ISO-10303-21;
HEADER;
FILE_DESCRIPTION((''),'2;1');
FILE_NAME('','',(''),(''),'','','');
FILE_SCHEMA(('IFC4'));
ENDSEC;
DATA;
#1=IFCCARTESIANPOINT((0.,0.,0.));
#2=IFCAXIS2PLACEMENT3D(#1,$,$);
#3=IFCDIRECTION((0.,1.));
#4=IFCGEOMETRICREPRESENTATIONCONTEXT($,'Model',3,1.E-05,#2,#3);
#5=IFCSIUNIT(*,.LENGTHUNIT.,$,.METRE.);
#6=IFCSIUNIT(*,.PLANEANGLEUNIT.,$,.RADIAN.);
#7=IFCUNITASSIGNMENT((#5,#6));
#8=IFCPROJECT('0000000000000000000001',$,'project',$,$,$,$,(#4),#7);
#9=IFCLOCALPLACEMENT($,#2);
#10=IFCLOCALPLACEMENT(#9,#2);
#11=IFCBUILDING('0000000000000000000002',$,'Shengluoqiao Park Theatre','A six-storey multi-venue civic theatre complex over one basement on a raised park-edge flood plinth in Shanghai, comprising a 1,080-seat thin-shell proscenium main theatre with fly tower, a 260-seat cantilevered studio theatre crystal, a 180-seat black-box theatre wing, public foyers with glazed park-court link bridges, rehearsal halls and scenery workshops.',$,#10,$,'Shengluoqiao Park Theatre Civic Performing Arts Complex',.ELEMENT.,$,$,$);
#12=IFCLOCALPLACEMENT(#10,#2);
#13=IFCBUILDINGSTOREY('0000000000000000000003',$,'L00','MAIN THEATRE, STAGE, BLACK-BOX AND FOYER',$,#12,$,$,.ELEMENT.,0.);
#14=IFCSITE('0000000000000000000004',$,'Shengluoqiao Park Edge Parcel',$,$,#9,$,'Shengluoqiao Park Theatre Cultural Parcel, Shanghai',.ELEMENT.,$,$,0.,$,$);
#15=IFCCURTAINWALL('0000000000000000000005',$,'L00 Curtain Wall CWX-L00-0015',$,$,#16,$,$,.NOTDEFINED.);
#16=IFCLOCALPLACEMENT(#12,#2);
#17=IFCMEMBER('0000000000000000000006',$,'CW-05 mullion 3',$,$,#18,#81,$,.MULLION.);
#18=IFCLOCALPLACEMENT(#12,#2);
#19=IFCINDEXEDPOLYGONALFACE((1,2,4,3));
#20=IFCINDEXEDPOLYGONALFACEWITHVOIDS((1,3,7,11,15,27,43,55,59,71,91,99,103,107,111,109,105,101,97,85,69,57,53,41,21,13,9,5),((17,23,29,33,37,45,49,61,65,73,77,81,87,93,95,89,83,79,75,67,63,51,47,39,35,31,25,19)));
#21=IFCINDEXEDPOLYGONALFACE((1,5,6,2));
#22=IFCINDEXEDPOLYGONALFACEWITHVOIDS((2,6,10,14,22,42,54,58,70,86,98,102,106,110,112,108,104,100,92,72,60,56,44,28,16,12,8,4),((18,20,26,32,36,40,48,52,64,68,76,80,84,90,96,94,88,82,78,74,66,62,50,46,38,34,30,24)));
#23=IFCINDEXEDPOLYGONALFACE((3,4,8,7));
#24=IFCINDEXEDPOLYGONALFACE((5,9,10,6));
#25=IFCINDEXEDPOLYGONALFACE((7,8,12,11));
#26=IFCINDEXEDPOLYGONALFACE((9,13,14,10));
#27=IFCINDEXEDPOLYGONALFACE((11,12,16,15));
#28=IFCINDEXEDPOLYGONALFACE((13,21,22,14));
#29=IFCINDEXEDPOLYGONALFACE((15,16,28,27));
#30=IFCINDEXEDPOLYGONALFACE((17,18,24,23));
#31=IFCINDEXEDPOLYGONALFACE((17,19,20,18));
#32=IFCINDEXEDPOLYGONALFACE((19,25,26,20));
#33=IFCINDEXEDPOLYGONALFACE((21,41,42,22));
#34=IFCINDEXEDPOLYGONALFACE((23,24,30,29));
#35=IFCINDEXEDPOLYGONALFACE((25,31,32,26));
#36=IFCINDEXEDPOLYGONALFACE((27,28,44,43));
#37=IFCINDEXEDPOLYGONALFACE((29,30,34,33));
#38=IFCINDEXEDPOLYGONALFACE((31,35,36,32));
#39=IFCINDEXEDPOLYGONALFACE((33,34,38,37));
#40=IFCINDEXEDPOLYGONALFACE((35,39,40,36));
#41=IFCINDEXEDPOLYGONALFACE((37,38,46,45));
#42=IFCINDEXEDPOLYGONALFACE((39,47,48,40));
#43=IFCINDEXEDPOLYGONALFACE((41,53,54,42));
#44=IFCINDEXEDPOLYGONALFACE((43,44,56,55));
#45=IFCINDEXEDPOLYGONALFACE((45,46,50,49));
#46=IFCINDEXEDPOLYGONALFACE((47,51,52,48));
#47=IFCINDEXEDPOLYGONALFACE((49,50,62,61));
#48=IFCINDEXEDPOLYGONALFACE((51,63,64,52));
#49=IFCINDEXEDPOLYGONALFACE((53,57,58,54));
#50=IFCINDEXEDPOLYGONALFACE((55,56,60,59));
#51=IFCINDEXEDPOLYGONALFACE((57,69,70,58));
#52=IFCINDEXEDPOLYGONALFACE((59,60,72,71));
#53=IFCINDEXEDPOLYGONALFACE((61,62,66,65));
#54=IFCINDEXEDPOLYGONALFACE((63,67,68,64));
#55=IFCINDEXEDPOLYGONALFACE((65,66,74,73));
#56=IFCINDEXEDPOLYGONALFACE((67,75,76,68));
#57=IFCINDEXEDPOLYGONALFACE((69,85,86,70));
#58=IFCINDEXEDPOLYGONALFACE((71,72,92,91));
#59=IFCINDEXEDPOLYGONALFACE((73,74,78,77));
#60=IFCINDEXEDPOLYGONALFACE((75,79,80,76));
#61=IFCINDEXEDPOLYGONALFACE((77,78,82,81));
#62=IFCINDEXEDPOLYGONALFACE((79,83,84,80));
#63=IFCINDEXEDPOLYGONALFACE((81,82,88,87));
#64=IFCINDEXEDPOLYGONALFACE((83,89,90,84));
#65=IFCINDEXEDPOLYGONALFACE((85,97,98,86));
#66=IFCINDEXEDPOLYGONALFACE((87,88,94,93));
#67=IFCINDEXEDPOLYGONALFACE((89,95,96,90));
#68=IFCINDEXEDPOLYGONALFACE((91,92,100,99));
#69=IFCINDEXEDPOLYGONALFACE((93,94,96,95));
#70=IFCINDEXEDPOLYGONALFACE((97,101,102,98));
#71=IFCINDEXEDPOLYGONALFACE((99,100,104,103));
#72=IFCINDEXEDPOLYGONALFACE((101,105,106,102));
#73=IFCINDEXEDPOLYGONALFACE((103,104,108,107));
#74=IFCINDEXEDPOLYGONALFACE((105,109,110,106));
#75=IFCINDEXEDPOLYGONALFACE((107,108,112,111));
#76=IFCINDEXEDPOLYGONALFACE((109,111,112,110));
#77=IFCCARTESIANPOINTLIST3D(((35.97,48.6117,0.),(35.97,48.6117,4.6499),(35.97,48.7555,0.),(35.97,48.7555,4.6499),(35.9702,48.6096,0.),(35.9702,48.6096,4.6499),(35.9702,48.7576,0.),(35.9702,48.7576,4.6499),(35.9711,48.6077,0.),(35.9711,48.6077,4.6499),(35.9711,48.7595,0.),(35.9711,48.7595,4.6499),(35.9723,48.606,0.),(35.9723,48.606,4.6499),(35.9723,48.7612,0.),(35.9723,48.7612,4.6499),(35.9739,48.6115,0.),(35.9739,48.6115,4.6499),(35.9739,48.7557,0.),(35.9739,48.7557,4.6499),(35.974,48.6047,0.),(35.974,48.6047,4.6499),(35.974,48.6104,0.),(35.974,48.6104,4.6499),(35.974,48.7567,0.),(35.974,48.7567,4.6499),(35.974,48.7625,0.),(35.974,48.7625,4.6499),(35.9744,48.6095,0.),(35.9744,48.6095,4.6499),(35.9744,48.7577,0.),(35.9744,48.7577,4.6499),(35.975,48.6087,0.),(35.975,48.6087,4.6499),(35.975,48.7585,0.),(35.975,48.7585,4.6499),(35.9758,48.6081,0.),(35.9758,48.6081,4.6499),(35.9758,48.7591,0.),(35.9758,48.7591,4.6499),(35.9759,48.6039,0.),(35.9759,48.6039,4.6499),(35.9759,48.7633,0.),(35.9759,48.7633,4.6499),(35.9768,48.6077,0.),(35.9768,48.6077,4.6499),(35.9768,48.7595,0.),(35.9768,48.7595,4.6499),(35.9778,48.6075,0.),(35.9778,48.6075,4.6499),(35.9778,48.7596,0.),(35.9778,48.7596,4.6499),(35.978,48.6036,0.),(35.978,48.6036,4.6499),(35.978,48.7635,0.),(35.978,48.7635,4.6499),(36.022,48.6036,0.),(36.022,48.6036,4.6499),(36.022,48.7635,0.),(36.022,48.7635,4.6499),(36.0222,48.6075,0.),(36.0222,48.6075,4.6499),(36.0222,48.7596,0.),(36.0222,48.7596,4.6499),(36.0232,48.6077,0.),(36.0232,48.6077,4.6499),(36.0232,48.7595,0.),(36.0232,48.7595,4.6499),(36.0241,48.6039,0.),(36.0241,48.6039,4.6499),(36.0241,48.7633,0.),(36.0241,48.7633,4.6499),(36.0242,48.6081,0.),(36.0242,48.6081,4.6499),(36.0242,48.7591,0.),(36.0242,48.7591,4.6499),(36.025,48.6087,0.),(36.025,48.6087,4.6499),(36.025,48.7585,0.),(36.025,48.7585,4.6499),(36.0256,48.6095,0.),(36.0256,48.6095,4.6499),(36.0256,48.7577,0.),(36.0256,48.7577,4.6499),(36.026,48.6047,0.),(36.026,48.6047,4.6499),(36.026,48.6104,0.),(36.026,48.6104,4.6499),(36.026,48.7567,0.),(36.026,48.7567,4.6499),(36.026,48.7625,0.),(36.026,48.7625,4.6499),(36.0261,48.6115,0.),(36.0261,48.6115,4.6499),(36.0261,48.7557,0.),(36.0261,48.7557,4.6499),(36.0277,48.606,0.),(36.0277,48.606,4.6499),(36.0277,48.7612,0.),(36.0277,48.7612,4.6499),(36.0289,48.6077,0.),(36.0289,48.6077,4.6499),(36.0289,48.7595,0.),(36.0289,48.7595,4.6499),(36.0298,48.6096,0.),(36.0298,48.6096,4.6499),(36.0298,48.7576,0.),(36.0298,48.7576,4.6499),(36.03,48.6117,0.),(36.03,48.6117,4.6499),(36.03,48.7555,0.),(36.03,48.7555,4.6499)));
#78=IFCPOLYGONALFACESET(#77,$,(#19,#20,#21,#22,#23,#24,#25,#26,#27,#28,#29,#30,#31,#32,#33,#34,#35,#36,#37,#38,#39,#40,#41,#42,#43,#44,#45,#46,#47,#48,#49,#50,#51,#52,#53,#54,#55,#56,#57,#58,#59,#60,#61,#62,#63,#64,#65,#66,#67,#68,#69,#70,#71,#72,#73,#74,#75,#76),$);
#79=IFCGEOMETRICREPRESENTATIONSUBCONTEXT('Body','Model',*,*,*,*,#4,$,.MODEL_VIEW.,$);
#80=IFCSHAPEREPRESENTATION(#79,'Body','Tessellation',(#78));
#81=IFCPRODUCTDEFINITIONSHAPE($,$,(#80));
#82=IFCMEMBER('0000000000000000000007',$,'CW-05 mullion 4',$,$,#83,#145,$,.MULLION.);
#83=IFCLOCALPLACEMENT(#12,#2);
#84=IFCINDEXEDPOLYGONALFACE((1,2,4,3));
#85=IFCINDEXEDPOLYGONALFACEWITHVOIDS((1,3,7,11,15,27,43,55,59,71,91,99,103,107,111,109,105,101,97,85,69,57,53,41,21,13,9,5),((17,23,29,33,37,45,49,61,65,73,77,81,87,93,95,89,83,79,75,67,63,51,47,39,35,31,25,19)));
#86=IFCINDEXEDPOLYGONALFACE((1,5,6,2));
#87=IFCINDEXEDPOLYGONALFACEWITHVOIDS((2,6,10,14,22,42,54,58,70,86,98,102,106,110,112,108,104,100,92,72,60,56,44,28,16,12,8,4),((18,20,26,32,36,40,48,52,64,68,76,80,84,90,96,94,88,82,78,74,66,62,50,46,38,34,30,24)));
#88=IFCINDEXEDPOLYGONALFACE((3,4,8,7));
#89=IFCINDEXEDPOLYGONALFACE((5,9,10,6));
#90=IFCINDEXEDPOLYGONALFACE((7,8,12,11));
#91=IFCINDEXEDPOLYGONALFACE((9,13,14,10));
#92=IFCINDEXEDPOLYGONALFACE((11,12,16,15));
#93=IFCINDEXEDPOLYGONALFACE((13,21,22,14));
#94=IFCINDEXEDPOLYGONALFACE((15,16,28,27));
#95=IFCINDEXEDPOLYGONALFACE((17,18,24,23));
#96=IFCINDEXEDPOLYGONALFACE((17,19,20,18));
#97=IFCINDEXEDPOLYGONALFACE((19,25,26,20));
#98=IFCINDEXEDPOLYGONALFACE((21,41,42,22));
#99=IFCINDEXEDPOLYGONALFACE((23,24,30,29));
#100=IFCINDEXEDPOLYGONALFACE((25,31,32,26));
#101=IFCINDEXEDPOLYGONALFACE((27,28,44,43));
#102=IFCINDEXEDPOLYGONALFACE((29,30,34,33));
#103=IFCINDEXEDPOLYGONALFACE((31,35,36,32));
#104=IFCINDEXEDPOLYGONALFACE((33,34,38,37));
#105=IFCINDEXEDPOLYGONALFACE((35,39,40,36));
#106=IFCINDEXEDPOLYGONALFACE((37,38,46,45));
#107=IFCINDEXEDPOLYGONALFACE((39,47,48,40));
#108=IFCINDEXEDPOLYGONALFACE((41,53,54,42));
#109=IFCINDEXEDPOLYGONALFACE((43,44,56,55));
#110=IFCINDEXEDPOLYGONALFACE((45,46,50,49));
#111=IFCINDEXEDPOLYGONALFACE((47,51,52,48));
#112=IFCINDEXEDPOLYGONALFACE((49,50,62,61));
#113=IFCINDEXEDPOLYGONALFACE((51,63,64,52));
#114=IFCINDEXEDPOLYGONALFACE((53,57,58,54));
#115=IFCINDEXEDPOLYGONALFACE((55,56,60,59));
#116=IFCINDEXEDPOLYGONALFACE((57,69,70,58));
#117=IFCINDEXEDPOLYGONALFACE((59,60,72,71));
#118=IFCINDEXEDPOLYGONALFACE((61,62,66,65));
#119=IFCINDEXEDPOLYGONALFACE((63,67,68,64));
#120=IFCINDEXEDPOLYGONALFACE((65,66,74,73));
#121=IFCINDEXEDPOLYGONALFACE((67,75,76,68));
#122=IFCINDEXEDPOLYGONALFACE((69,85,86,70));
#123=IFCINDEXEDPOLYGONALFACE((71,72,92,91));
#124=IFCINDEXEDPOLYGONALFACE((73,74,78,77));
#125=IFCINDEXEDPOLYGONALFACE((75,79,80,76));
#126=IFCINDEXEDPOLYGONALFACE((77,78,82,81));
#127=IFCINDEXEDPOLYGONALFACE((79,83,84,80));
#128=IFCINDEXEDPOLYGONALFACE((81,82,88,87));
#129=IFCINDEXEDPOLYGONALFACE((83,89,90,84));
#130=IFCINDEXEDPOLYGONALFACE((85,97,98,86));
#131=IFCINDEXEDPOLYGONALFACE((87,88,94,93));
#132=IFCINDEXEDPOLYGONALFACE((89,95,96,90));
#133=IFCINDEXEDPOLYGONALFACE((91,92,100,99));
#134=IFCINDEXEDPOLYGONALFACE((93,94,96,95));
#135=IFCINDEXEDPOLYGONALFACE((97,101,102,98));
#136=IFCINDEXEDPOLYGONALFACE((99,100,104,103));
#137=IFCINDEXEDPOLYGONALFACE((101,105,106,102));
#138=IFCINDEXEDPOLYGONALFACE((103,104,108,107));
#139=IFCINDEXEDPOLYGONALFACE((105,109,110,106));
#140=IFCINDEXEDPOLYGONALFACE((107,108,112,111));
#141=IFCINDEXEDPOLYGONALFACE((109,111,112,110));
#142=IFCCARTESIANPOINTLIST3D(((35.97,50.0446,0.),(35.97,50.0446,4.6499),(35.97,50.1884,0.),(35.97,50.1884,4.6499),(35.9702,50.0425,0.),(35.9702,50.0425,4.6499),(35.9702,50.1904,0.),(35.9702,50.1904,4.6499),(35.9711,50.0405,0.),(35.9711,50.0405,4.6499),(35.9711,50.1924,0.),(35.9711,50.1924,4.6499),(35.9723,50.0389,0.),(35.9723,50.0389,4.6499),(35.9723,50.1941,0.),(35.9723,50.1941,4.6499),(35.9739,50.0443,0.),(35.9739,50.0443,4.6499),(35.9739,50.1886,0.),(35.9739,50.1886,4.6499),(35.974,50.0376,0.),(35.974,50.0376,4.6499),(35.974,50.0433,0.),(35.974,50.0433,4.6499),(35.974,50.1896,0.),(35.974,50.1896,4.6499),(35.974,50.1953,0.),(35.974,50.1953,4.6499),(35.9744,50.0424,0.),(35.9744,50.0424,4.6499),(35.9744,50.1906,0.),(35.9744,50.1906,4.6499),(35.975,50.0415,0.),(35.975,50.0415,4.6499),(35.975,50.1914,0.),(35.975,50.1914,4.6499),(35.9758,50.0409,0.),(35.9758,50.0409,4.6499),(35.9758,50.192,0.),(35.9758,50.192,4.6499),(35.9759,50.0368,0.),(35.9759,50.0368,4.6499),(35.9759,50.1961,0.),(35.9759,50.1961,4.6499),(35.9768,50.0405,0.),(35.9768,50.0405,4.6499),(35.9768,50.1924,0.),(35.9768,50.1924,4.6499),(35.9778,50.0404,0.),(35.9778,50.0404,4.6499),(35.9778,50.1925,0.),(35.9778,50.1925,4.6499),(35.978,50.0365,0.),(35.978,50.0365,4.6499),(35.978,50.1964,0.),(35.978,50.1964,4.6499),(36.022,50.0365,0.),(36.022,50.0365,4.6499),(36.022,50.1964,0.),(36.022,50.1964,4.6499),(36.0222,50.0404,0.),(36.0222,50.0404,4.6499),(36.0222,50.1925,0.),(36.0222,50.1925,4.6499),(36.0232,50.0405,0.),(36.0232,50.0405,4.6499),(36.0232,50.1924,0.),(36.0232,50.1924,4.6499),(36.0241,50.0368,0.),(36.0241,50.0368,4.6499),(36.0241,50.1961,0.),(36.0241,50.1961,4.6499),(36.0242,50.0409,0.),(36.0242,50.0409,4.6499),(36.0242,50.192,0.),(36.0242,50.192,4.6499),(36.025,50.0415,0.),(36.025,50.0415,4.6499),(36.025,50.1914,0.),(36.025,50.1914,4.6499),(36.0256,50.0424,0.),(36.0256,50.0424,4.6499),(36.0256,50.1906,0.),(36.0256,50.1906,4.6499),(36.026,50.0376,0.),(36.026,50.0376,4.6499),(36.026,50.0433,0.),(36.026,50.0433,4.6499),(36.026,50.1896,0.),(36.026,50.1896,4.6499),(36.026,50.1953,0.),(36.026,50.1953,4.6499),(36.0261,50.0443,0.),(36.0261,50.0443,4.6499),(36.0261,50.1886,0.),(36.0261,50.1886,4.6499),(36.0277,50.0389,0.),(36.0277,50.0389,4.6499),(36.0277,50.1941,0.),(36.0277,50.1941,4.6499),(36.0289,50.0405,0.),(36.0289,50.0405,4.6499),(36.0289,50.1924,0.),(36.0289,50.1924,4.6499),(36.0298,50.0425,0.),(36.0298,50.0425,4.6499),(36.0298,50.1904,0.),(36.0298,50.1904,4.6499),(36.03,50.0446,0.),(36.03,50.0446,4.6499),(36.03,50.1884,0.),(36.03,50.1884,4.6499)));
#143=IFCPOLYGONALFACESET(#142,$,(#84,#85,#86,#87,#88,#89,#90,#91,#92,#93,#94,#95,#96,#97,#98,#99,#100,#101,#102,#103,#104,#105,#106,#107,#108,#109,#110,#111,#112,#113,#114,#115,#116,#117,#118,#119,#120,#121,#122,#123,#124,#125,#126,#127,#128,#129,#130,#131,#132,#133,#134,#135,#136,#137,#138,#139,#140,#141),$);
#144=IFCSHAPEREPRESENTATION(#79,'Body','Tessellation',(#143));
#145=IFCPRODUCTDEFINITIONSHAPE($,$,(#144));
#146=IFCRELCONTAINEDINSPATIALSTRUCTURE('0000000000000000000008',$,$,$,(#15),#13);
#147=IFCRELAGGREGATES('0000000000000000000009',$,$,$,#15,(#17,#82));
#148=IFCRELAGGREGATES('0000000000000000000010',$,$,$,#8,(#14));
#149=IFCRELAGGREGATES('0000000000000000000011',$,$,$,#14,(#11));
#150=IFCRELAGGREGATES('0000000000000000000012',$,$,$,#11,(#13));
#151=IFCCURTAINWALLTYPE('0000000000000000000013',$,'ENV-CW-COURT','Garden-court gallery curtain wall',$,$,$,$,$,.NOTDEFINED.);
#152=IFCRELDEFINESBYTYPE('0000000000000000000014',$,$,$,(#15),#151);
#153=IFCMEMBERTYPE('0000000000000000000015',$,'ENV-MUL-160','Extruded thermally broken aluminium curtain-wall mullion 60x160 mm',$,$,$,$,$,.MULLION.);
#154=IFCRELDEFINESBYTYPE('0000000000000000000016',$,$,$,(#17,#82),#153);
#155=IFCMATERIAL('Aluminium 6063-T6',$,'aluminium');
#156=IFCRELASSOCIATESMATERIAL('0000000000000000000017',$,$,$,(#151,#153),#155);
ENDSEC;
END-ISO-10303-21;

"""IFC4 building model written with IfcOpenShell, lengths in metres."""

from ifc_helpers import new_model, si_unit, direction, frame, origin, origin_2d, place, context, subcontext, project, spatial, hollow_rectangle, extrude, material, material_profile, profile_set, type_object, element, aggregate, save


model = new_model("IFC4")

# Units and contexts
model_context = context("Model", 3, precision=1e-05, world=origin(), true_north=direction((0.0, 1.0)))
body_context = subcontext(model_context, "Body", "Model", "MODEL_VIEW")
ifc_project = project(units=[si_unit("LENGTHUNIT", "METRE"), si_unit("PLANEANGLEUNIT", "RADIAN")], contexts=[model_context])

# Site, building, storey
site_placement = place(None, origin())
site = spatial("IfcSite", under=ifc_project, at=site_placement, Name="Shengluoqiao Park Edge Parcel", LongName="Shengluoqiao Park Theatre Cultural Parcel, Shanghai", CompositionType="ELEMENT", RefElevation=0.0)
building_placement = place(site_placement, origin())
building = spatial("IfcBuilding", under=site, at=building_placement, Name="Shengluoqiao Park Theatre", Description="A six-storey multi-venue civic theatre complex over one basement on a raised park-edge flood plinth in Shanghai, comprising a 1,080-seat thin-shell proscenium main theatre with fly tower, a 260-seat cantilevered studio theatre crystal, a 180-seat black-box theatre wing, public foyers with glazed park-court link bridges, rehearsal halls and scenery workshops.", LongName="Shengluoqiao Park Theatre Civic Performing Arts Complex", CompositionType="ELEMENT")
storey_placement = place(building_placement, origin())
storey = spatial("IfcBuildingStorey", under=building, at=storey_placement, Name="L00", Description="MAIN THEATRE, STAGE, BLACK-BOX AND FOYER", CompositionType="ELEMENT", Elevation=0.0)

# Curtain wall, members
ifc_material_1 = material(Name="Aluminium 6063-T6", Category="aluminium")
curtain_wall_type_1 = type_object("IfcCurtainWallType", Name="ENV-CW-COURT", Description="Garden-court gallery curtain wall", PredefinedType="NOTDEFINED", material=ifc_material_1)
curtain_wall_1_placement = place(storey_placement, origin())
curtain_wall_1 = element("IfcCurtainWall", 1, at=curtain_wall_1_placement, inside=storey, type_object=curtain_wall_type_1, Name="L00 Curtain Wall CWX-L00-0015", PredefinedType="NOTDEFINED")
ifc_material_profile_1 = material_profile(ifc_material_1, hollow_rectangle(XDim=0.0601, YDim=0.1599, WallThickness=0.0039, InnerFilletRadius=0.0039, OuterFilletRadius=0.0081, at=origin_2d()), Name="ALU MULLION 160x60x4")
ifc_profile_set_1 = profile_set([ifc_material_profile_1], Name="Aluminium 6063-T6")
member_type_1 = type_object("IfcMemberType", Name="ENV-MUL-160", Description="Extruded thermally broken aluminium curtain-wall mullion 60x160 mm", PredefinedType="MULLION", material=ifc_profile_set_1)
member_1_placement = place(storey_placement, frame((36.0, 48.6836, 0.0), z_axis=(0.0, 0.0, 1.0), x_axis=(-1.0, 0.0, 0.0)))
member_1 = element("IfcMember", 2, at=member_1_placement, type_object=member_type_1, Name="CW-05 mullion 3", PredefinedType="MULLION", context=body_context, shape_type="SweptSolid", body=[
    extrude(hollow_rectangle(XDim=0.0601, YDim=0.1599, WallThickness=0.0039, InnerFilletRadius=0.0039, OuterFilletRadius=0.0081, at=origin_2d()), origin(), (0.0, 0.0, 1.0), 4.6499),
])
member_2_placement = place(storey_placement, frame((36.0, 50.1165, 0.0), z_axis=(0.0, 0.0, 1.0), x_axis=(-1.0, 0.0, 0.0)))
member_2 = element("IfcMember", 3, at=member_2_placement, type_object=member_type_1, Name="CW-05 mullion 4", PredefinedType="MULLION", context=body_context, shape_type="SweptSolid", body=[
    extrude(hollow_rectangle(XDim=0.0601, YDim=0.1599, WallThickness=0.0039, InnerFilletRadius=0.0039, OuterFilletRadius=0.0081, at=origin_2d()), origin(), (0.0, 0.0, 1.0), 4.6499),
])

aggregate(curtain_wall_1, [member_1, member_2])

save(model, "model.ifc")
